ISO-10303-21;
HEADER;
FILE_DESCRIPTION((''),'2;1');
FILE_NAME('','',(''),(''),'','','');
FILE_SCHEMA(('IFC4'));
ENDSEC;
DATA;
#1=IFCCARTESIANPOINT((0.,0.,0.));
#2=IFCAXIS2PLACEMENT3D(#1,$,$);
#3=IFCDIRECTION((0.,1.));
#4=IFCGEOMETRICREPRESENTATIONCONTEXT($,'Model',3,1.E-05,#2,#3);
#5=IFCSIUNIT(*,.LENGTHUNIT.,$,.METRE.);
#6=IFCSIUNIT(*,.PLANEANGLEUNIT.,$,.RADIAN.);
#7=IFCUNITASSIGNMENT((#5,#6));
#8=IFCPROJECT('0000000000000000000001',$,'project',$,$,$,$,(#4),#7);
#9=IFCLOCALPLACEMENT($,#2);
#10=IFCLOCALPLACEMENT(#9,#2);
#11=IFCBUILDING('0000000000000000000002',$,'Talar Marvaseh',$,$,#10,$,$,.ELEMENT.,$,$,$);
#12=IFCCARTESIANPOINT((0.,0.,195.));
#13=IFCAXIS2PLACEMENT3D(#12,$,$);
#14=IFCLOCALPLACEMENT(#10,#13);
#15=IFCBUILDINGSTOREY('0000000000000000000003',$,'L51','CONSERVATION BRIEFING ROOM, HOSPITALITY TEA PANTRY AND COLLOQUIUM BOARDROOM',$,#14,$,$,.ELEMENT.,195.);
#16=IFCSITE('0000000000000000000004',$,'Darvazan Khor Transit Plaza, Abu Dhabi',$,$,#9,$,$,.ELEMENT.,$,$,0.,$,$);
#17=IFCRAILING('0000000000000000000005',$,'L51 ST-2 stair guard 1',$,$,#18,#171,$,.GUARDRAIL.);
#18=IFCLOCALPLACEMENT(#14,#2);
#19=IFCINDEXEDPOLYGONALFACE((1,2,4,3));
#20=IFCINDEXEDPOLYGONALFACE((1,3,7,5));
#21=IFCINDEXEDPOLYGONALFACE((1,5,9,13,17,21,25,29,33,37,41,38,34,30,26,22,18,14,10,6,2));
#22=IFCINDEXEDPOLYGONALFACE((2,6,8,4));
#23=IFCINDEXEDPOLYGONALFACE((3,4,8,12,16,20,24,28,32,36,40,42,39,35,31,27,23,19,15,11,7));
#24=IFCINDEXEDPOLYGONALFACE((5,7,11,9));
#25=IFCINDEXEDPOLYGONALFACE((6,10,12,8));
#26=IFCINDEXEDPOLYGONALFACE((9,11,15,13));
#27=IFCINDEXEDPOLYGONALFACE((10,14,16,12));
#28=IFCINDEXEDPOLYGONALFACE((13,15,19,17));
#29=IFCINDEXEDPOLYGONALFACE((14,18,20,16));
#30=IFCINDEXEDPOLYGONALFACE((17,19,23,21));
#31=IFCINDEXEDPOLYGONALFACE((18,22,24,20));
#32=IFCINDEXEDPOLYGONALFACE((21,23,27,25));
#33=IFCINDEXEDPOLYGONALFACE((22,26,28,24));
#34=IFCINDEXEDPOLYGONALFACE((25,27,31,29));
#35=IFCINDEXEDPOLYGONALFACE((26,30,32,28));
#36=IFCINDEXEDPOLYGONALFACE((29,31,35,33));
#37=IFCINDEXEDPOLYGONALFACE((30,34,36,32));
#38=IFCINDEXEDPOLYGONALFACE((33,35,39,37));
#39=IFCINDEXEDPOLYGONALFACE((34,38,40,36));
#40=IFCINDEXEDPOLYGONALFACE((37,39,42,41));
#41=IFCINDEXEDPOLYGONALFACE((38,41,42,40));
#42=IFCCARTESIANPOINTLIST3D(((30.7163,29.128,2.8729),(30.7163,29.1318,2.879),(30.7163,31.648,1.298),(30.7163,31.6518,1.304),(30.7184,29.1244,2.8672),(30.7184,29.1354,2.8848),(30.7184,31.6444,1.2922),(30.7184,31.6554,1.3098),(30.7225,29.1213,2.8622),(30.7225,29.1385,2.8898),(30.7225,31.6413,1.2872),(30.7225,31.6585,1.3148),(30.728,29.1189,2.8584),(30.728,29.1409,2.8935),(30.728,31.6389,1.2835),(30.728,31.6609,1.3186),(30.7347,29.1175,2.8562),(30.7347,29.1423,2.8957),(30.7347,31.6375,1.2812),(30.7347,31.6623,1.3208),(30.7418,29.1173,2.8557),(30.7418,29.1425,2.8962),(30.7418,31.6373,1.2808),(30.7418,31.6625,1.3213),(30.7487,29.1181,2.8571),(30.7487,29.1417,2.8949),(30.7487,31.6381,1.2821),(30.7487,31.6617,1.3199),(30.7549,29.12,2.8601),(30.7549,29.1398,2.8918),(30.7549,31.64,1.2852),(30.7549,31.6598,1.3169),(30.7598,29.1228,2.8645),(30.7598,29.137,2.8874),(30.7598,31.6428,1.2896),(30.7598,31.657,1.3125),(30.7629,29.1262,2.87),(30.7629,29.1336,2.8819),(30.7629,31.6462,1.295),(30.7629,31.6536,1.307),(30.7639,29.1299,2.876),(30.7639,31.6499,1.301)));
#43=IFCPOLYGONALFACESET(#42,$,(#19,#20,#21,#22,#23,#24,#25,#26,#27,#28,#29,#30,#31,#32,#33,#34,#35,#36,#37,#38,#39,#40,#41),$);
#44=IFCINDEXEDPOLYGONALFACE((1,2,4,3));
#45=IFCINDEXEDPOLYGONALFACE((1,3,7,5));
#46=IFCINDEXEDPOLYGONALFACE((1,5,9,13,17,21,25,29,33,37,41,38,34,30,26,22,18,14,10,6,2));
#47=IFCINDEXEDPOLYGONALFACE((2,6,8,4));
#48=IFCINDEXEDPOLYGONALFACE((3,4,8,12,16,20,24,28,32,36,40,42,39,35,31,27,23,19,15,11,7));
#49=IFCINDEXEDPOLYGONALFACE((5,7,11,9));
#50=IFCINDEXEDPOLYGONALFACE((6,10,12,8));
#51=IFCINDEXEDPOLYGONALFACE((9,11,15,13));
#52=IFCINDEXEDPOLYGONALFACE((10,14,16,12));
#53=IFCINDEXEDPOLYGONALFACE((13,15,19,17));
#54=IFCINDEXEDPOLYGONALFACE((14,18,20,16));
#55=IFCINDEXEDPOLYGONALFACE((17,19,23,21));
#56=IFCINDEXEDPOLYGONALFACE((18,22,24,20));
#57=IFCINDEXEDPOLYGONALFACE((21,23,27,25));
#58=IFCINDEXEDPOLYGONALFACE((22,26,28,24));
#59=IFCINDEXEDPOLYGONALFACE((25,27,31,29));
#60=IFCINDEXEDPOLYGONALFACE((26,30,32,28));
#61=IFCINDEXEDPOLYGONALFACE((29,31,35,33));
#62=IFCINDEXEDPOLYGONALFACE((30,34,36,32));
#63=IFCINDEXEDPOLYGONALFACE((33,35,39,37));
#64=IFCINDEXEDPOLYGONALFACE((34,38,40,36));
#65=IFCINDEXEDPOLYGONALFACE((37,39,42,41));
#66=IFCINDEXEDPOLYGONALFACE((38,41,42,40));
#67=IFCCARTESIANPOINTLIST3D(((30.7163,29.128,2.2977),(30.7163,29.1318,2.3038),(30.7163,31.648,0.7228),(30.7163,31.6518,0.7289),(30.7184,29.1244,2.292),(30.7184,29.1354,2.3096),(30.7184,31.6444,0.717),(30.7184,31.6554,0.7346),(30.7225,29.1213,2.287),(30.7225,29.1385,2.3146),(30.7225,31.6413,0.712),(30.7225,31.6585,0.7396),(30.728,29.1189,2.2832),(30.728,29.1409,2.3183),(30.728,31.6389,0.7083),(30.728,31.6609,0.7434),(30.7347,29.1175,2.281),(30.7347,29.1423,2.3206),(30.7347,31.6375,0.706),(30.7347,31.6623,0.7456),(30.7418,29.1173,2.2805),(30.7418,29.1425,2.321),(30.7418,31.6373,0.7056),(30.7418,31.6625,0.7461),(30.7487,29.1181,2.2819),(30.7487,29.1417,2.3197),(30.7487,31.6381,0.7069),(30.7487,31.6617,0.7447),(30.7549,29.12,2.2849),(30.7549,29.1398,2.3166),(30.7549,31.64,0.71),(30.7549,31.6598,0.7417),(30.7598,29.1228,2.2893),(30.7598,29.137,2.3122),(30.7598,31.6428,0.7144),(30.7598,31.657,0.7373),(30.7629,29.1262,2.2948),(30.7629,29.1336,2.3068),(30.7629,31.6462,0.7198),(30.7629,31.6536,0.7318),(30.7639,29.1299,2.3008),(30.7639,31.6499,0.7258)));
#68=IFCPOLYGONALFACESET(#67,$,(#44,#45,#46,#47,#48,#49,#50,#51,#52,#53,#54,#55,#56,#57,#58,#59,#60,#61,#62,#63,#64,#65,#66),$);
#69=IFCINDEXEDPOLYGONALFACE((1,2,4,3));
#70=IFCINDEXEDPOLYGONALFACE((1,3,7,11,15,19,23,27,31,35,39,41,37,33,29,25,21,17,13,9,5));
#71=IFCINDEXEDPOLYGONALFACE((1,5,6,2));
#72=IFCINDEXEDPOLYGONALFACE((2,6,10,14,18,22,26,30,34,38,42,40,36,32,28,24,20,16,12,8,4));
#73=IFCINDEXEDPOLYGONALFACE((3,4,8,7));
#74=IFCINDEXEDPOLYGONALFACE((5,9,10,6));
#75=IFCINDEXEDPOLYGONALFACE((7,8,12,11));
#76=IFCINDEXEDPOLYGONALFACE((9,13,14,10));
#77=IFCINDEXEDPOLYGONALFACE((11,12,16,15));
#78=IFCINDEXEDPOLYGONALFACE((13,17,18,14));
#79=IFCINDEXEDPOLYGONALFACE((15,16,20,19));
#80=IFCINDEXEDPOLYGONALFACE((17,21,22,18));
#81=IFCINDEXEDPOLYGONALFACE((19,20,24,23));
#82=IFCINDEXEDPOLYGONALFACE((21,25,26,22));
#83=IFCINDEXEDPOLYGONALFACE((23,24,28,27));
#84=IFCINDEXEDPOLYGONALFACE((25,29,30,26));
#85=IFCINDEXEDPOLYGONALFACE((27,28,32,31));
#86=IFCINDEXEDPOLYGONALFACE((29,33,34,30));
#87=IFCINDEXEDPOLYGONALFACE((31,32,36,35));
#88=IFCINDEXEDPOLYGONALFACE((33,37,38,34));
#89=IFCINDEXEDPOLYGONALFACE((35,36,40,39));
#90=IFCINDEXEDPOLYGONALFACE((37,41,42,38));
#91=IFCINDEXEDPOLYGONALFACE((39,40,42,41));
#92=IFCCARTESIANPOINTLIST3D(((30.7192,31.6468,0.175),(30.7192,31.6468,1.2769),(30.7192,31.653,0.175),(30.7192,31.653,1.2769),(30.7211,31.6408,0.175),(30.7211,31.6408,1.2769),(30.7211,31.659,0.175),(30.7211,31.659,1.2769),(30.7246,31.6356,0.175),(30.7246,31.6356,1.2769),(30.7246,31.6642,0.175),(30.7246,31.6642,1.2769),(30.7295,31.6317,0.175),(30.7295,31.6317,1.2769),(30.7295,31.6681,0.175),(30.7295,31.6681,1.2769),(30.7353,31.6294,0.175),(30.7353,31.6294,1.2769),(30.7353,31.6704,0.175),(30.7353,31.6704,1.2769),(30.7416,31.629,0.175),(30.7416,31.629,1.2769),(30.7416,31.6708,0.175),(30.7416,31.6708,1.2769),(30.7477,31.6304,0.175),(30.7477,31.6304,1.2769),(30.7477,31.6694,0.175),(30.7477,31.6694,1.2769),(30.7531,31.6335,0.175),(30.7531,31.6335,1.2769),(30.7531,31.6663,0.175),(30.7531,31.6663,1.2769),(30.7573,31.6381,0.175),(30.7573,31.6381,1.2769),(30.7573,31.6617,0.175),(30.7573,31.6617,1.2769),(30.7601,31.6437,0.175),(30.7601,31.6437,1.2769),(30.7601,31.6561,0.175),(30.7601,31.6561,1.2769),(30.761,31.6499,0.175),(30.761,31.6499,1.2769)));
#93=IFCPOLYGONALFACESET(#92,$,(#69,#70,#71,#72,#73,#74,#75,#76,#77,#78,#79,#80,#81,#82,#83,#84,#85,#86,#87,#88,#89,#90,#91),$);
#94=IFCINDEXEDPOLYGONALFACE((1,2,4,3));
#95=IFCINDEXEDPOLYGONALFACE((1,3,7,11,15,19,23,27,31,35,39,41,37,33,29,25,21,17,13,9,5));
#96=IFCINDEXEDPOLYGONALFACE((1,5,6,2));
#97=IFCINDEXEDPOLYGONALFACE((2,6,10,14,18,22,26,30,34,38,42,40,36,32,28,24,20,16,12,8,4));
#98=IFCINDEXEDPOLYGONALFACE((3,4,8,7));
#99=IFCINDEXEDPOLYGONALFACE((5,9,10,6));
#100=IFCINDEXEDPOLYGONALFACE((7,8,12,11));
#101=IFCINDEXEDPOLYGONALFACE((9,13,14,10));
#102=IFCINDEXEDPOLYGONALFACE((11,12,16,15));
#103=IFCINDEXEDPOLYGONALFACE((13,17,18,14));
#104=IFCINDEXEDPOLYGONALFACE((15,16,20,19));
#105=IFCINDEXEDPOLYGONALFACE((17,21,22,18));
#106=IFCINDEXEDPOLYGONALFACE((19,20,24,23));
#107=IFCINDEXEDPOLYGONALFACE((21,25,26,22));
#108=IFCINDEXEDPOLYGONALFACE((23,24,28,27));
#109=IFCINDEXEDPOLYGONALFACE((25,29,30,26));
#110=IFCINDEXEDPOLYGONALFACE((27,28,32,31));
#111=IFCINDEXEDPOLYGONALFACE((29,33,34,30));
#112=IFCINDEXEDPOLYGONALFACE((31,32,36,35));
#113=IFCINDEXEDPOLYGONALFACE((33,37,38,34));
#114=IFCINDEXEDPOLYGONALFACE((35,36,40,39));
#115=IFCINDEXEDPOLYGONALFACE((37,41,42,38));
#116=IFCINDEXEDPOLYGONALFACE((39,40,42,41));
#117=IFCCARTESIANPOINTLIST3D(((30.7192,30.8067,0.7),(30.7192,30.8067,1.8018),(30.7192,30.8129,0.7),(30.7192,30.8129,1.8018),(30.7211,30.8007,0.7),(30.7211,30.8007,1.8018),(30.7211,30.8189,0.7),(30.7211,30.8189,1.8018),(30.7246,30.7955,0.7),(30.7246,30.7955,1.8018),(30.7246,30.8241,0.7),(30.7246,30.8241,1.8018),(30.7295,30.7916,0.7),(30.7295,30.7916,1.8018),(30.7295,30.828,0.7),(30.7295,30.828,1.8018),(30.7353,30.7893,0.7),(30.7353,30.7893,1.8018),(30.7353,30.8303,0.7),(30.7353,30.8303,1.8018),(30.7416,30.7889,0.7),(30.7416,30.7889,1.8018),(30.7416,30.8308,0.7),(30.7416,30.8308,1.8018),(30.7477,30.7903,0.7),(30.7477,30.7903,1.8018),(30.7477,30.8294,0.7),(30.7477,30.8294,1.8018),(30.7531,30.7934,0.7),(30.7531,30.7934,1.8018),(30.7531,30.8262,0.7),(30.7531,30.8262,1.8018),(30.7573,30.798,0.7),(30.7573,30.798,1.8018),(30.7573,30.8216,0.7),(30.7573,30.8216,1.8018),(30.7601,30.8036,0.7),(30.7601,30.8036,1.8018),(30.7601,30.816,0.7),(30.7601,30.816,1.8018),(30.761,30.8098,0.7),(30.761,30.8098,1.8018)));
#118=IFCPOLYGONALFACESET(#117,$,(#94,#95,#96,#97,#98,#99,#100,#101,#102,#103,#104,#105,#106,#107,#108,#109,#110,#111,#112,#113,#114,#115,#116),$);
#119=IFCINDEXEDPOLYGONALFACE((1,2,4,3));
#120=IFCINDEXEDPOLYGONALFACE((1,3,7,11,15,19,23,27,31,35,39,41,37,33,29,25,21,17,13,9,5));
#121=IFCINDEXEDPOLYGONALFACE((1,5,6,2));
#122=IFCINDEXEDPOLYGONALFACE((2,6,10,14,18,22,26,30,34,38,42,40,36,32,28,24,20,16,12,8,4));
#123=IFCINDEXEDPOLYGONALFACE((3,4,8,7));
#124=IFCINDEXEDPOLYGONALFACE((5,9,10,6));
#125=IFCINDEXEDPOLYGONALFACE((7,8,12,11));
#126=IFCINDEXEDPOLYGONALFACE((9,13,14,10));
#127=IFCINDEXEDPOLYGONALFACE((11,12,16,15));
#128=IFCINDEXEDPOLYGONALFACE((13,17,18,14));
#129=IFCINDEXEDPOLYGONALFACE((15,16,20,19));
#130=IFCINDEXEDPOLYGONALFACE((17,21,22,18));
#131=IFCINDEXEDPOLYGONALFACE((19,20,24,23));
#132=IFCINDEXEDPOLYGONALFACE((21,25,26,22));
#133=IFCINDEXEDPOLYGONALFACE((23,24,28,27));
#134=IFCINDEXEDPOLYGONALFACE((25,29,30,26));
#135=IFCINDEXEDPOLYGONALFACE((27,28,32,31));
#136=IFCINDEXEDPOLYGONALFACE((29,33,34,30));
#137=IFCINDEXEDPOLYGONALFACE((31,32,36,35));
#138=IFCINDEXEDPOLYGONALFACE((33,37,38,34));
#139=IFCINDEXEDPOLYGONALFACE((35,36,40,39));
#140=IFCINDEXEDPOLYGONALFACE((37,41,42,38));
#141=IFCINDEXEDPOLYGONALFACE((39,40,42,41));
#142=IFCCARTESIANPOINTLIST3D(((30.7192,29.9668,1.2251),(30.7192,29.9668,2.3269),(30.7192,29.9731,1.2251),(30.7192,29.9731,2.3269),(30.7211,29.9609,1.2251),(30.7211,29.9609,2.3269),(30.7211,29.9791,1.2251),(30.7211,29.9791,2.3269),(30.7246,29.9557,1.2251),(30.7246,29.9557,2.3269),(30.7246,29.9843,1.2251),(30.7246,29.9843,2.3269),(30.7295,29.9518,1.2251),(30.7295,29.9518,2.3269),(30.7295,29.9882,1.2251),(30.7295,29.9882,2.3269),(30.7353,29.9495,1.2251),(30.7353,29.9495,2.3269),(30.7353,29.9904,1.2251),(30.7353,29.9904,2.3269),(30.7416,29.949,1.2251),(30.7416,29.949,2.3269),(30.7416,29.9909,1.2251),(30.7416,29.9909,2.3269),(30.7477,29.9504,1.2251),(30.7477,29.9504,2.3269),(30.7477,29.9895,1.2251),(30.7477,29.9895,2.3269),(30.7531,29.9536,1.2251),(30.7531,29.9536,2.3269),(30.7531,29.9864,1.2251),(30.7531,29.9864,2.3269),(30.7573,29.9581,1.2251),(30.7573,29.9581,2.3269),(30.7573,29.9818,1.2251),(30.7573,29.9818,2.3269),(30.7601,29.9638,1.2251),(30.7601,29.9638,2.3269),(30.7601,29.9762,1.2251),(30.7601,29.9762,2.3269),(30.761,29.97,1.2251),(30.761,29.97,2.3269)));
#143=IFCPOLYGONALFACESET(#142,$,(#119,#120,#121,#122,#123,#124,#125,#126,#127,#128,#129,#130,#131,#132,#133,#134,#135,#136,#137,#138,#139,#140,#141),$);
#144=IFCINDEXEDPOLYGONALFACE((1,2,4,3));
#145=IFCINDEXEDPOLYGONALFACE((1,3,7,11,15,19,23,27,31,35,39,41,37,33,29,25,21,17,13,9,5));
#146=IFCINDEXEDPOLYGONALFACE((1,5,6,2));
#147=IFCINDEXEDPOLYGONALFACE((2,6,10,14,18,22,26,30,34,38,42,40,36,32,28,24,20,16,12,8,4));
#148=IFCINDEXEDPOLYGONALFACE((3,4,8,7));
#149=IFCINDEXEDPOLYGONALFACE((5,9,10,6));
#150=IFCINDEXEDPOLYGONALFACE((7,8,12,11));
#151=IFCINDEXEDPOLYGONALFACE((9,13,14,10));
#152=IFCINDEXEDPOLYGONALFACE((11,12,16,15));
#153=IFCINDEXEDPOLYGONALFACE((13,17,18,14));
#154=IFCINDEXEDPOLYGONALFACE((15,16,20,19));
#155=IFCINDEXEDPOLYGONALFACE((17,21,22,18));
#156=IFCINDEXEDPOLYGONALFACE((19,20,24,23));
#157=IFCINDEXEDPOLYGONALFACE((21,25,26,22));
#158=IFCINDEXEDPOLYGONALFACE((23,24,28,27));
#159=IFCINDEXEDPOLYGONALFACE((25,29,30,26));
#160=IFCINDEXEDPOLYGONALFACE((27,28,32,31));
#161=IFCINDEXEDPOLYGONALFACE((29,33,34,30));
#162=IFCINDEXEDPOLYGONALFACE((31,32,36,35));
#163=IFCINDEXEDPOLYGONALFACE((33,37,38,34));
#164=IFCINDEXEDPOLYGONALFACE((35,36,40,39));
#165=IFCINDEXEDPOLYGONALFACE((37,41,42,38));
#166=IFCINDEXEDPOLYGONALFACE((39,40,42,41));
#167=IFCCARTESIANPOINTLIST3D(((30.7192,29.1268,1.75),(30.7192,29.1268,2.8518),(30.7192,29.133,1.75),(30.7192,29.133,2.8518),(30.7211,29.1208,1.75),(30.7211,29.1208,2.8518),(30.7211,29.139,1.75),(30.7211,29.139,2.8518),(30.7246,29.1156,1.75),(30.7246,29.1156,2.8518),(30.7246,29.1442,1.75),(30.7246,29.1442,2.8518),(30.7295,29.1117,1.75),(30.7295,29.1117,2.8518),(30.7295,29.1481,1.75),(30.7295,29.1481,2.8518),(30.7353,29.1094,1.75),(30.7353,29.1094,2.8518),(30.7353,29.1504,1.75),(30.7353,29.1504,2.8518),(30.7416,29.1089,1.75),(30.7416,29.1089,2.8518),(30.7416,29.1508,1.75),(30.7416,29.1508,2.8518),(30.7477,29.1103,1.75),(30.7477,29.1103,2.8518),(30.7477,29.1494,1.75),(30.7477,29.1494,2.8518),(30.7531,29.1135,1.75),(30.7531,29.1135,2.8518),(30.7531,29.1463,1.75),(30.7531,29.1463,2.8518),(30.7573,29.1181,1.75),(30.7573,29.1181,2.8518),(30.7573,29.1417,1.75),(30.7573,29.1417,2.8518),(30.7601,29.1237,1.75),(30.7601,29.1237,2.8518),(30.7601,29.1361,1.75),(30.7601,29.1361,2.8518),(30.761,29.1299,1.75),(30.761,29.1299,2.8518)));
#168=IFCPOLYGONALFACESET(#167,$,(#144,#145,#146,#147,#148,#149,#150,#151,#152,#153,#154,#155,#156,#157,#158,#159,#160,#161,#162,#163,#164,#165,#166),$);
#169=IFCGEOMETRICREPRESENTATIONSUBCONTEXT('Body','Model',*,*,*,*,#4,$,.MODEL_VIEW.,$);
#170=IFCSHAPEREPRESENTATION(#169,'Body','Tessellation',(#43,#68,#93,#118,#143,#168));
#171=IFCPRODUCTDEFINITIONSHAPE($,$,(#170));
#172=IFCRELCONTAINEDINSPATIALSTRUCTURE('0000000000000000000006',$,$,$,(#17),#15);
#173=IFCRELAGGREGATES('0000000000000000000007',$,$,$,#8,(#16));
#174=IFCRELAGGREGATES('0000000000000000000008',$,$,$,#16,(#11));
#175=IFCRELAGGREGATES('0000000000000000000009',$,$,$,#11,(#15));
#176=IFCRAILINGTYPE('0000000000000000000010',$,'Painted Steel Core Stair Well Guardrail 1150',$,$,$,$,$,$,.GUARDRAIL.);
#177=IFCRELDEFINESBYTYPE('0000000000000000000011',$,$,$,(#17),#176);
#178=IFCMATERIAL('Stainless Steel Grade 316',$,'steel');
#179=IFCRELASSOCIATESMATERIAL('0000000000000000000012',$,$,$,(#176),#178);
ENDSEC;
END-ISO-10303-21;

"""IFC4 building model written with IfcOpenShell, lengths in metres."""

from ifc_helpers import new_model, si_unit, direction, frame, origin, origin_2d, place, context, subcontext, project, spatial, circle, extrude, material, type_object, element, save


model = new_model("IFC4")

# Units and contexts
model_context = context("Model", 3, precision=1e-05, world=origin(), true_north=direction((0.0, 1.0)))
body_context = subcontext(model_context, "Body", "Model", "MODEL_VIEW")
ifc_project = project(units=[si_unit("LENGTHUNIT", "METRE"), si_unit("PLANEANGLEUNIT", "RADIAN")], contexts=[model_context])

# Site, building, storey
site_placement = place(None, origin())
site = spatial("IfcSite", under=ifc_project, at=site_placement, Name="Darvazan Khor Transit Plaza, Abu Dhabi", CompositionType="ELEMENT", RefElevation=0.0)
building_placement = place(site_placement, origin())
building = spatial("IfcBuilding", under=site, at=building_placement, Name="Talar Marvaseh", CompositionType="ELEMENT")
storey_placement = place(building_placement, frame((0.0, 0.0, 195.0)))
storey = spatial("IfcBuildingStorey", under=building, at=storey_placement, Name="L51", Description="CONSERVATION BRIEFING ROOM, HOSPITALITY TEA PANTRY AND COLLOQUIUM BOARDROOM", CompositionType="ELEMENT", Elevation=195.0)

# Shared definitions
ifc_material_1 = material(Name="Stainless Steel Grade 316", Category="steel")

# Railing
railing_type_1 = type_object("IfcRailingType", Name="Painted Steel Core Stair Well Guardrail 1150", PredefinedType="GUARDRAIL", material=ifc_material_1)
railing_1_placement = place(storey_placement, frame((30.74, 31.6499, 0.175)))
element("IfcRailing", 1, at=railing_1_placement, inside=storey, type_object=railing_type_1, Name="L51 ST-2 stair guard 1", PredefinedType="GUARDRAIL", context=body_context, shape_type="SweptSolid", body=[
    extrude(circle(Radius=0.0239, at=origin_2d()), frame((0.0, 0.0, 1.126), z_axis=(0.0, -0.848008, 0.529984), x_axis=(1.0, 0.0, 0.0)), (0.0, 0.0, 1.0), 2.9717),
    extrude(circle(Radius=0.0239, at=origin_2d()), frame((0.0, 0.0, 0.5508), z_axis=(0.0, -0.848008, 0.529984), x_axis=(1.0, 0.0, 0.0)), (0.0, 0.0, 1.0), 2.9717),
    extrude(circle(Radius=0.021, at=origin_2d()), origin(), (0.0, 0.0, 1.0), 1.1018),
    extrude(circle(Radius=0.021, at=origin_2d()), frame((0.0, -0.8401, 0.5249)), (0.0, 0.0, 1.0), 1.1018),
    extrude(circle(Radius=0.021, at=origin_2d()), frame((0.0, -1.6799, 1.05)), (0.0, 0.0, 1.0), 1.1018),
    extrude(circle(Radius=0.021, at=origin_2d()), frame((0.0, -2.52, 1.575)), (0.0, 0.0, 1.0), 1.1018),
])

save(model, "model.ifc")
